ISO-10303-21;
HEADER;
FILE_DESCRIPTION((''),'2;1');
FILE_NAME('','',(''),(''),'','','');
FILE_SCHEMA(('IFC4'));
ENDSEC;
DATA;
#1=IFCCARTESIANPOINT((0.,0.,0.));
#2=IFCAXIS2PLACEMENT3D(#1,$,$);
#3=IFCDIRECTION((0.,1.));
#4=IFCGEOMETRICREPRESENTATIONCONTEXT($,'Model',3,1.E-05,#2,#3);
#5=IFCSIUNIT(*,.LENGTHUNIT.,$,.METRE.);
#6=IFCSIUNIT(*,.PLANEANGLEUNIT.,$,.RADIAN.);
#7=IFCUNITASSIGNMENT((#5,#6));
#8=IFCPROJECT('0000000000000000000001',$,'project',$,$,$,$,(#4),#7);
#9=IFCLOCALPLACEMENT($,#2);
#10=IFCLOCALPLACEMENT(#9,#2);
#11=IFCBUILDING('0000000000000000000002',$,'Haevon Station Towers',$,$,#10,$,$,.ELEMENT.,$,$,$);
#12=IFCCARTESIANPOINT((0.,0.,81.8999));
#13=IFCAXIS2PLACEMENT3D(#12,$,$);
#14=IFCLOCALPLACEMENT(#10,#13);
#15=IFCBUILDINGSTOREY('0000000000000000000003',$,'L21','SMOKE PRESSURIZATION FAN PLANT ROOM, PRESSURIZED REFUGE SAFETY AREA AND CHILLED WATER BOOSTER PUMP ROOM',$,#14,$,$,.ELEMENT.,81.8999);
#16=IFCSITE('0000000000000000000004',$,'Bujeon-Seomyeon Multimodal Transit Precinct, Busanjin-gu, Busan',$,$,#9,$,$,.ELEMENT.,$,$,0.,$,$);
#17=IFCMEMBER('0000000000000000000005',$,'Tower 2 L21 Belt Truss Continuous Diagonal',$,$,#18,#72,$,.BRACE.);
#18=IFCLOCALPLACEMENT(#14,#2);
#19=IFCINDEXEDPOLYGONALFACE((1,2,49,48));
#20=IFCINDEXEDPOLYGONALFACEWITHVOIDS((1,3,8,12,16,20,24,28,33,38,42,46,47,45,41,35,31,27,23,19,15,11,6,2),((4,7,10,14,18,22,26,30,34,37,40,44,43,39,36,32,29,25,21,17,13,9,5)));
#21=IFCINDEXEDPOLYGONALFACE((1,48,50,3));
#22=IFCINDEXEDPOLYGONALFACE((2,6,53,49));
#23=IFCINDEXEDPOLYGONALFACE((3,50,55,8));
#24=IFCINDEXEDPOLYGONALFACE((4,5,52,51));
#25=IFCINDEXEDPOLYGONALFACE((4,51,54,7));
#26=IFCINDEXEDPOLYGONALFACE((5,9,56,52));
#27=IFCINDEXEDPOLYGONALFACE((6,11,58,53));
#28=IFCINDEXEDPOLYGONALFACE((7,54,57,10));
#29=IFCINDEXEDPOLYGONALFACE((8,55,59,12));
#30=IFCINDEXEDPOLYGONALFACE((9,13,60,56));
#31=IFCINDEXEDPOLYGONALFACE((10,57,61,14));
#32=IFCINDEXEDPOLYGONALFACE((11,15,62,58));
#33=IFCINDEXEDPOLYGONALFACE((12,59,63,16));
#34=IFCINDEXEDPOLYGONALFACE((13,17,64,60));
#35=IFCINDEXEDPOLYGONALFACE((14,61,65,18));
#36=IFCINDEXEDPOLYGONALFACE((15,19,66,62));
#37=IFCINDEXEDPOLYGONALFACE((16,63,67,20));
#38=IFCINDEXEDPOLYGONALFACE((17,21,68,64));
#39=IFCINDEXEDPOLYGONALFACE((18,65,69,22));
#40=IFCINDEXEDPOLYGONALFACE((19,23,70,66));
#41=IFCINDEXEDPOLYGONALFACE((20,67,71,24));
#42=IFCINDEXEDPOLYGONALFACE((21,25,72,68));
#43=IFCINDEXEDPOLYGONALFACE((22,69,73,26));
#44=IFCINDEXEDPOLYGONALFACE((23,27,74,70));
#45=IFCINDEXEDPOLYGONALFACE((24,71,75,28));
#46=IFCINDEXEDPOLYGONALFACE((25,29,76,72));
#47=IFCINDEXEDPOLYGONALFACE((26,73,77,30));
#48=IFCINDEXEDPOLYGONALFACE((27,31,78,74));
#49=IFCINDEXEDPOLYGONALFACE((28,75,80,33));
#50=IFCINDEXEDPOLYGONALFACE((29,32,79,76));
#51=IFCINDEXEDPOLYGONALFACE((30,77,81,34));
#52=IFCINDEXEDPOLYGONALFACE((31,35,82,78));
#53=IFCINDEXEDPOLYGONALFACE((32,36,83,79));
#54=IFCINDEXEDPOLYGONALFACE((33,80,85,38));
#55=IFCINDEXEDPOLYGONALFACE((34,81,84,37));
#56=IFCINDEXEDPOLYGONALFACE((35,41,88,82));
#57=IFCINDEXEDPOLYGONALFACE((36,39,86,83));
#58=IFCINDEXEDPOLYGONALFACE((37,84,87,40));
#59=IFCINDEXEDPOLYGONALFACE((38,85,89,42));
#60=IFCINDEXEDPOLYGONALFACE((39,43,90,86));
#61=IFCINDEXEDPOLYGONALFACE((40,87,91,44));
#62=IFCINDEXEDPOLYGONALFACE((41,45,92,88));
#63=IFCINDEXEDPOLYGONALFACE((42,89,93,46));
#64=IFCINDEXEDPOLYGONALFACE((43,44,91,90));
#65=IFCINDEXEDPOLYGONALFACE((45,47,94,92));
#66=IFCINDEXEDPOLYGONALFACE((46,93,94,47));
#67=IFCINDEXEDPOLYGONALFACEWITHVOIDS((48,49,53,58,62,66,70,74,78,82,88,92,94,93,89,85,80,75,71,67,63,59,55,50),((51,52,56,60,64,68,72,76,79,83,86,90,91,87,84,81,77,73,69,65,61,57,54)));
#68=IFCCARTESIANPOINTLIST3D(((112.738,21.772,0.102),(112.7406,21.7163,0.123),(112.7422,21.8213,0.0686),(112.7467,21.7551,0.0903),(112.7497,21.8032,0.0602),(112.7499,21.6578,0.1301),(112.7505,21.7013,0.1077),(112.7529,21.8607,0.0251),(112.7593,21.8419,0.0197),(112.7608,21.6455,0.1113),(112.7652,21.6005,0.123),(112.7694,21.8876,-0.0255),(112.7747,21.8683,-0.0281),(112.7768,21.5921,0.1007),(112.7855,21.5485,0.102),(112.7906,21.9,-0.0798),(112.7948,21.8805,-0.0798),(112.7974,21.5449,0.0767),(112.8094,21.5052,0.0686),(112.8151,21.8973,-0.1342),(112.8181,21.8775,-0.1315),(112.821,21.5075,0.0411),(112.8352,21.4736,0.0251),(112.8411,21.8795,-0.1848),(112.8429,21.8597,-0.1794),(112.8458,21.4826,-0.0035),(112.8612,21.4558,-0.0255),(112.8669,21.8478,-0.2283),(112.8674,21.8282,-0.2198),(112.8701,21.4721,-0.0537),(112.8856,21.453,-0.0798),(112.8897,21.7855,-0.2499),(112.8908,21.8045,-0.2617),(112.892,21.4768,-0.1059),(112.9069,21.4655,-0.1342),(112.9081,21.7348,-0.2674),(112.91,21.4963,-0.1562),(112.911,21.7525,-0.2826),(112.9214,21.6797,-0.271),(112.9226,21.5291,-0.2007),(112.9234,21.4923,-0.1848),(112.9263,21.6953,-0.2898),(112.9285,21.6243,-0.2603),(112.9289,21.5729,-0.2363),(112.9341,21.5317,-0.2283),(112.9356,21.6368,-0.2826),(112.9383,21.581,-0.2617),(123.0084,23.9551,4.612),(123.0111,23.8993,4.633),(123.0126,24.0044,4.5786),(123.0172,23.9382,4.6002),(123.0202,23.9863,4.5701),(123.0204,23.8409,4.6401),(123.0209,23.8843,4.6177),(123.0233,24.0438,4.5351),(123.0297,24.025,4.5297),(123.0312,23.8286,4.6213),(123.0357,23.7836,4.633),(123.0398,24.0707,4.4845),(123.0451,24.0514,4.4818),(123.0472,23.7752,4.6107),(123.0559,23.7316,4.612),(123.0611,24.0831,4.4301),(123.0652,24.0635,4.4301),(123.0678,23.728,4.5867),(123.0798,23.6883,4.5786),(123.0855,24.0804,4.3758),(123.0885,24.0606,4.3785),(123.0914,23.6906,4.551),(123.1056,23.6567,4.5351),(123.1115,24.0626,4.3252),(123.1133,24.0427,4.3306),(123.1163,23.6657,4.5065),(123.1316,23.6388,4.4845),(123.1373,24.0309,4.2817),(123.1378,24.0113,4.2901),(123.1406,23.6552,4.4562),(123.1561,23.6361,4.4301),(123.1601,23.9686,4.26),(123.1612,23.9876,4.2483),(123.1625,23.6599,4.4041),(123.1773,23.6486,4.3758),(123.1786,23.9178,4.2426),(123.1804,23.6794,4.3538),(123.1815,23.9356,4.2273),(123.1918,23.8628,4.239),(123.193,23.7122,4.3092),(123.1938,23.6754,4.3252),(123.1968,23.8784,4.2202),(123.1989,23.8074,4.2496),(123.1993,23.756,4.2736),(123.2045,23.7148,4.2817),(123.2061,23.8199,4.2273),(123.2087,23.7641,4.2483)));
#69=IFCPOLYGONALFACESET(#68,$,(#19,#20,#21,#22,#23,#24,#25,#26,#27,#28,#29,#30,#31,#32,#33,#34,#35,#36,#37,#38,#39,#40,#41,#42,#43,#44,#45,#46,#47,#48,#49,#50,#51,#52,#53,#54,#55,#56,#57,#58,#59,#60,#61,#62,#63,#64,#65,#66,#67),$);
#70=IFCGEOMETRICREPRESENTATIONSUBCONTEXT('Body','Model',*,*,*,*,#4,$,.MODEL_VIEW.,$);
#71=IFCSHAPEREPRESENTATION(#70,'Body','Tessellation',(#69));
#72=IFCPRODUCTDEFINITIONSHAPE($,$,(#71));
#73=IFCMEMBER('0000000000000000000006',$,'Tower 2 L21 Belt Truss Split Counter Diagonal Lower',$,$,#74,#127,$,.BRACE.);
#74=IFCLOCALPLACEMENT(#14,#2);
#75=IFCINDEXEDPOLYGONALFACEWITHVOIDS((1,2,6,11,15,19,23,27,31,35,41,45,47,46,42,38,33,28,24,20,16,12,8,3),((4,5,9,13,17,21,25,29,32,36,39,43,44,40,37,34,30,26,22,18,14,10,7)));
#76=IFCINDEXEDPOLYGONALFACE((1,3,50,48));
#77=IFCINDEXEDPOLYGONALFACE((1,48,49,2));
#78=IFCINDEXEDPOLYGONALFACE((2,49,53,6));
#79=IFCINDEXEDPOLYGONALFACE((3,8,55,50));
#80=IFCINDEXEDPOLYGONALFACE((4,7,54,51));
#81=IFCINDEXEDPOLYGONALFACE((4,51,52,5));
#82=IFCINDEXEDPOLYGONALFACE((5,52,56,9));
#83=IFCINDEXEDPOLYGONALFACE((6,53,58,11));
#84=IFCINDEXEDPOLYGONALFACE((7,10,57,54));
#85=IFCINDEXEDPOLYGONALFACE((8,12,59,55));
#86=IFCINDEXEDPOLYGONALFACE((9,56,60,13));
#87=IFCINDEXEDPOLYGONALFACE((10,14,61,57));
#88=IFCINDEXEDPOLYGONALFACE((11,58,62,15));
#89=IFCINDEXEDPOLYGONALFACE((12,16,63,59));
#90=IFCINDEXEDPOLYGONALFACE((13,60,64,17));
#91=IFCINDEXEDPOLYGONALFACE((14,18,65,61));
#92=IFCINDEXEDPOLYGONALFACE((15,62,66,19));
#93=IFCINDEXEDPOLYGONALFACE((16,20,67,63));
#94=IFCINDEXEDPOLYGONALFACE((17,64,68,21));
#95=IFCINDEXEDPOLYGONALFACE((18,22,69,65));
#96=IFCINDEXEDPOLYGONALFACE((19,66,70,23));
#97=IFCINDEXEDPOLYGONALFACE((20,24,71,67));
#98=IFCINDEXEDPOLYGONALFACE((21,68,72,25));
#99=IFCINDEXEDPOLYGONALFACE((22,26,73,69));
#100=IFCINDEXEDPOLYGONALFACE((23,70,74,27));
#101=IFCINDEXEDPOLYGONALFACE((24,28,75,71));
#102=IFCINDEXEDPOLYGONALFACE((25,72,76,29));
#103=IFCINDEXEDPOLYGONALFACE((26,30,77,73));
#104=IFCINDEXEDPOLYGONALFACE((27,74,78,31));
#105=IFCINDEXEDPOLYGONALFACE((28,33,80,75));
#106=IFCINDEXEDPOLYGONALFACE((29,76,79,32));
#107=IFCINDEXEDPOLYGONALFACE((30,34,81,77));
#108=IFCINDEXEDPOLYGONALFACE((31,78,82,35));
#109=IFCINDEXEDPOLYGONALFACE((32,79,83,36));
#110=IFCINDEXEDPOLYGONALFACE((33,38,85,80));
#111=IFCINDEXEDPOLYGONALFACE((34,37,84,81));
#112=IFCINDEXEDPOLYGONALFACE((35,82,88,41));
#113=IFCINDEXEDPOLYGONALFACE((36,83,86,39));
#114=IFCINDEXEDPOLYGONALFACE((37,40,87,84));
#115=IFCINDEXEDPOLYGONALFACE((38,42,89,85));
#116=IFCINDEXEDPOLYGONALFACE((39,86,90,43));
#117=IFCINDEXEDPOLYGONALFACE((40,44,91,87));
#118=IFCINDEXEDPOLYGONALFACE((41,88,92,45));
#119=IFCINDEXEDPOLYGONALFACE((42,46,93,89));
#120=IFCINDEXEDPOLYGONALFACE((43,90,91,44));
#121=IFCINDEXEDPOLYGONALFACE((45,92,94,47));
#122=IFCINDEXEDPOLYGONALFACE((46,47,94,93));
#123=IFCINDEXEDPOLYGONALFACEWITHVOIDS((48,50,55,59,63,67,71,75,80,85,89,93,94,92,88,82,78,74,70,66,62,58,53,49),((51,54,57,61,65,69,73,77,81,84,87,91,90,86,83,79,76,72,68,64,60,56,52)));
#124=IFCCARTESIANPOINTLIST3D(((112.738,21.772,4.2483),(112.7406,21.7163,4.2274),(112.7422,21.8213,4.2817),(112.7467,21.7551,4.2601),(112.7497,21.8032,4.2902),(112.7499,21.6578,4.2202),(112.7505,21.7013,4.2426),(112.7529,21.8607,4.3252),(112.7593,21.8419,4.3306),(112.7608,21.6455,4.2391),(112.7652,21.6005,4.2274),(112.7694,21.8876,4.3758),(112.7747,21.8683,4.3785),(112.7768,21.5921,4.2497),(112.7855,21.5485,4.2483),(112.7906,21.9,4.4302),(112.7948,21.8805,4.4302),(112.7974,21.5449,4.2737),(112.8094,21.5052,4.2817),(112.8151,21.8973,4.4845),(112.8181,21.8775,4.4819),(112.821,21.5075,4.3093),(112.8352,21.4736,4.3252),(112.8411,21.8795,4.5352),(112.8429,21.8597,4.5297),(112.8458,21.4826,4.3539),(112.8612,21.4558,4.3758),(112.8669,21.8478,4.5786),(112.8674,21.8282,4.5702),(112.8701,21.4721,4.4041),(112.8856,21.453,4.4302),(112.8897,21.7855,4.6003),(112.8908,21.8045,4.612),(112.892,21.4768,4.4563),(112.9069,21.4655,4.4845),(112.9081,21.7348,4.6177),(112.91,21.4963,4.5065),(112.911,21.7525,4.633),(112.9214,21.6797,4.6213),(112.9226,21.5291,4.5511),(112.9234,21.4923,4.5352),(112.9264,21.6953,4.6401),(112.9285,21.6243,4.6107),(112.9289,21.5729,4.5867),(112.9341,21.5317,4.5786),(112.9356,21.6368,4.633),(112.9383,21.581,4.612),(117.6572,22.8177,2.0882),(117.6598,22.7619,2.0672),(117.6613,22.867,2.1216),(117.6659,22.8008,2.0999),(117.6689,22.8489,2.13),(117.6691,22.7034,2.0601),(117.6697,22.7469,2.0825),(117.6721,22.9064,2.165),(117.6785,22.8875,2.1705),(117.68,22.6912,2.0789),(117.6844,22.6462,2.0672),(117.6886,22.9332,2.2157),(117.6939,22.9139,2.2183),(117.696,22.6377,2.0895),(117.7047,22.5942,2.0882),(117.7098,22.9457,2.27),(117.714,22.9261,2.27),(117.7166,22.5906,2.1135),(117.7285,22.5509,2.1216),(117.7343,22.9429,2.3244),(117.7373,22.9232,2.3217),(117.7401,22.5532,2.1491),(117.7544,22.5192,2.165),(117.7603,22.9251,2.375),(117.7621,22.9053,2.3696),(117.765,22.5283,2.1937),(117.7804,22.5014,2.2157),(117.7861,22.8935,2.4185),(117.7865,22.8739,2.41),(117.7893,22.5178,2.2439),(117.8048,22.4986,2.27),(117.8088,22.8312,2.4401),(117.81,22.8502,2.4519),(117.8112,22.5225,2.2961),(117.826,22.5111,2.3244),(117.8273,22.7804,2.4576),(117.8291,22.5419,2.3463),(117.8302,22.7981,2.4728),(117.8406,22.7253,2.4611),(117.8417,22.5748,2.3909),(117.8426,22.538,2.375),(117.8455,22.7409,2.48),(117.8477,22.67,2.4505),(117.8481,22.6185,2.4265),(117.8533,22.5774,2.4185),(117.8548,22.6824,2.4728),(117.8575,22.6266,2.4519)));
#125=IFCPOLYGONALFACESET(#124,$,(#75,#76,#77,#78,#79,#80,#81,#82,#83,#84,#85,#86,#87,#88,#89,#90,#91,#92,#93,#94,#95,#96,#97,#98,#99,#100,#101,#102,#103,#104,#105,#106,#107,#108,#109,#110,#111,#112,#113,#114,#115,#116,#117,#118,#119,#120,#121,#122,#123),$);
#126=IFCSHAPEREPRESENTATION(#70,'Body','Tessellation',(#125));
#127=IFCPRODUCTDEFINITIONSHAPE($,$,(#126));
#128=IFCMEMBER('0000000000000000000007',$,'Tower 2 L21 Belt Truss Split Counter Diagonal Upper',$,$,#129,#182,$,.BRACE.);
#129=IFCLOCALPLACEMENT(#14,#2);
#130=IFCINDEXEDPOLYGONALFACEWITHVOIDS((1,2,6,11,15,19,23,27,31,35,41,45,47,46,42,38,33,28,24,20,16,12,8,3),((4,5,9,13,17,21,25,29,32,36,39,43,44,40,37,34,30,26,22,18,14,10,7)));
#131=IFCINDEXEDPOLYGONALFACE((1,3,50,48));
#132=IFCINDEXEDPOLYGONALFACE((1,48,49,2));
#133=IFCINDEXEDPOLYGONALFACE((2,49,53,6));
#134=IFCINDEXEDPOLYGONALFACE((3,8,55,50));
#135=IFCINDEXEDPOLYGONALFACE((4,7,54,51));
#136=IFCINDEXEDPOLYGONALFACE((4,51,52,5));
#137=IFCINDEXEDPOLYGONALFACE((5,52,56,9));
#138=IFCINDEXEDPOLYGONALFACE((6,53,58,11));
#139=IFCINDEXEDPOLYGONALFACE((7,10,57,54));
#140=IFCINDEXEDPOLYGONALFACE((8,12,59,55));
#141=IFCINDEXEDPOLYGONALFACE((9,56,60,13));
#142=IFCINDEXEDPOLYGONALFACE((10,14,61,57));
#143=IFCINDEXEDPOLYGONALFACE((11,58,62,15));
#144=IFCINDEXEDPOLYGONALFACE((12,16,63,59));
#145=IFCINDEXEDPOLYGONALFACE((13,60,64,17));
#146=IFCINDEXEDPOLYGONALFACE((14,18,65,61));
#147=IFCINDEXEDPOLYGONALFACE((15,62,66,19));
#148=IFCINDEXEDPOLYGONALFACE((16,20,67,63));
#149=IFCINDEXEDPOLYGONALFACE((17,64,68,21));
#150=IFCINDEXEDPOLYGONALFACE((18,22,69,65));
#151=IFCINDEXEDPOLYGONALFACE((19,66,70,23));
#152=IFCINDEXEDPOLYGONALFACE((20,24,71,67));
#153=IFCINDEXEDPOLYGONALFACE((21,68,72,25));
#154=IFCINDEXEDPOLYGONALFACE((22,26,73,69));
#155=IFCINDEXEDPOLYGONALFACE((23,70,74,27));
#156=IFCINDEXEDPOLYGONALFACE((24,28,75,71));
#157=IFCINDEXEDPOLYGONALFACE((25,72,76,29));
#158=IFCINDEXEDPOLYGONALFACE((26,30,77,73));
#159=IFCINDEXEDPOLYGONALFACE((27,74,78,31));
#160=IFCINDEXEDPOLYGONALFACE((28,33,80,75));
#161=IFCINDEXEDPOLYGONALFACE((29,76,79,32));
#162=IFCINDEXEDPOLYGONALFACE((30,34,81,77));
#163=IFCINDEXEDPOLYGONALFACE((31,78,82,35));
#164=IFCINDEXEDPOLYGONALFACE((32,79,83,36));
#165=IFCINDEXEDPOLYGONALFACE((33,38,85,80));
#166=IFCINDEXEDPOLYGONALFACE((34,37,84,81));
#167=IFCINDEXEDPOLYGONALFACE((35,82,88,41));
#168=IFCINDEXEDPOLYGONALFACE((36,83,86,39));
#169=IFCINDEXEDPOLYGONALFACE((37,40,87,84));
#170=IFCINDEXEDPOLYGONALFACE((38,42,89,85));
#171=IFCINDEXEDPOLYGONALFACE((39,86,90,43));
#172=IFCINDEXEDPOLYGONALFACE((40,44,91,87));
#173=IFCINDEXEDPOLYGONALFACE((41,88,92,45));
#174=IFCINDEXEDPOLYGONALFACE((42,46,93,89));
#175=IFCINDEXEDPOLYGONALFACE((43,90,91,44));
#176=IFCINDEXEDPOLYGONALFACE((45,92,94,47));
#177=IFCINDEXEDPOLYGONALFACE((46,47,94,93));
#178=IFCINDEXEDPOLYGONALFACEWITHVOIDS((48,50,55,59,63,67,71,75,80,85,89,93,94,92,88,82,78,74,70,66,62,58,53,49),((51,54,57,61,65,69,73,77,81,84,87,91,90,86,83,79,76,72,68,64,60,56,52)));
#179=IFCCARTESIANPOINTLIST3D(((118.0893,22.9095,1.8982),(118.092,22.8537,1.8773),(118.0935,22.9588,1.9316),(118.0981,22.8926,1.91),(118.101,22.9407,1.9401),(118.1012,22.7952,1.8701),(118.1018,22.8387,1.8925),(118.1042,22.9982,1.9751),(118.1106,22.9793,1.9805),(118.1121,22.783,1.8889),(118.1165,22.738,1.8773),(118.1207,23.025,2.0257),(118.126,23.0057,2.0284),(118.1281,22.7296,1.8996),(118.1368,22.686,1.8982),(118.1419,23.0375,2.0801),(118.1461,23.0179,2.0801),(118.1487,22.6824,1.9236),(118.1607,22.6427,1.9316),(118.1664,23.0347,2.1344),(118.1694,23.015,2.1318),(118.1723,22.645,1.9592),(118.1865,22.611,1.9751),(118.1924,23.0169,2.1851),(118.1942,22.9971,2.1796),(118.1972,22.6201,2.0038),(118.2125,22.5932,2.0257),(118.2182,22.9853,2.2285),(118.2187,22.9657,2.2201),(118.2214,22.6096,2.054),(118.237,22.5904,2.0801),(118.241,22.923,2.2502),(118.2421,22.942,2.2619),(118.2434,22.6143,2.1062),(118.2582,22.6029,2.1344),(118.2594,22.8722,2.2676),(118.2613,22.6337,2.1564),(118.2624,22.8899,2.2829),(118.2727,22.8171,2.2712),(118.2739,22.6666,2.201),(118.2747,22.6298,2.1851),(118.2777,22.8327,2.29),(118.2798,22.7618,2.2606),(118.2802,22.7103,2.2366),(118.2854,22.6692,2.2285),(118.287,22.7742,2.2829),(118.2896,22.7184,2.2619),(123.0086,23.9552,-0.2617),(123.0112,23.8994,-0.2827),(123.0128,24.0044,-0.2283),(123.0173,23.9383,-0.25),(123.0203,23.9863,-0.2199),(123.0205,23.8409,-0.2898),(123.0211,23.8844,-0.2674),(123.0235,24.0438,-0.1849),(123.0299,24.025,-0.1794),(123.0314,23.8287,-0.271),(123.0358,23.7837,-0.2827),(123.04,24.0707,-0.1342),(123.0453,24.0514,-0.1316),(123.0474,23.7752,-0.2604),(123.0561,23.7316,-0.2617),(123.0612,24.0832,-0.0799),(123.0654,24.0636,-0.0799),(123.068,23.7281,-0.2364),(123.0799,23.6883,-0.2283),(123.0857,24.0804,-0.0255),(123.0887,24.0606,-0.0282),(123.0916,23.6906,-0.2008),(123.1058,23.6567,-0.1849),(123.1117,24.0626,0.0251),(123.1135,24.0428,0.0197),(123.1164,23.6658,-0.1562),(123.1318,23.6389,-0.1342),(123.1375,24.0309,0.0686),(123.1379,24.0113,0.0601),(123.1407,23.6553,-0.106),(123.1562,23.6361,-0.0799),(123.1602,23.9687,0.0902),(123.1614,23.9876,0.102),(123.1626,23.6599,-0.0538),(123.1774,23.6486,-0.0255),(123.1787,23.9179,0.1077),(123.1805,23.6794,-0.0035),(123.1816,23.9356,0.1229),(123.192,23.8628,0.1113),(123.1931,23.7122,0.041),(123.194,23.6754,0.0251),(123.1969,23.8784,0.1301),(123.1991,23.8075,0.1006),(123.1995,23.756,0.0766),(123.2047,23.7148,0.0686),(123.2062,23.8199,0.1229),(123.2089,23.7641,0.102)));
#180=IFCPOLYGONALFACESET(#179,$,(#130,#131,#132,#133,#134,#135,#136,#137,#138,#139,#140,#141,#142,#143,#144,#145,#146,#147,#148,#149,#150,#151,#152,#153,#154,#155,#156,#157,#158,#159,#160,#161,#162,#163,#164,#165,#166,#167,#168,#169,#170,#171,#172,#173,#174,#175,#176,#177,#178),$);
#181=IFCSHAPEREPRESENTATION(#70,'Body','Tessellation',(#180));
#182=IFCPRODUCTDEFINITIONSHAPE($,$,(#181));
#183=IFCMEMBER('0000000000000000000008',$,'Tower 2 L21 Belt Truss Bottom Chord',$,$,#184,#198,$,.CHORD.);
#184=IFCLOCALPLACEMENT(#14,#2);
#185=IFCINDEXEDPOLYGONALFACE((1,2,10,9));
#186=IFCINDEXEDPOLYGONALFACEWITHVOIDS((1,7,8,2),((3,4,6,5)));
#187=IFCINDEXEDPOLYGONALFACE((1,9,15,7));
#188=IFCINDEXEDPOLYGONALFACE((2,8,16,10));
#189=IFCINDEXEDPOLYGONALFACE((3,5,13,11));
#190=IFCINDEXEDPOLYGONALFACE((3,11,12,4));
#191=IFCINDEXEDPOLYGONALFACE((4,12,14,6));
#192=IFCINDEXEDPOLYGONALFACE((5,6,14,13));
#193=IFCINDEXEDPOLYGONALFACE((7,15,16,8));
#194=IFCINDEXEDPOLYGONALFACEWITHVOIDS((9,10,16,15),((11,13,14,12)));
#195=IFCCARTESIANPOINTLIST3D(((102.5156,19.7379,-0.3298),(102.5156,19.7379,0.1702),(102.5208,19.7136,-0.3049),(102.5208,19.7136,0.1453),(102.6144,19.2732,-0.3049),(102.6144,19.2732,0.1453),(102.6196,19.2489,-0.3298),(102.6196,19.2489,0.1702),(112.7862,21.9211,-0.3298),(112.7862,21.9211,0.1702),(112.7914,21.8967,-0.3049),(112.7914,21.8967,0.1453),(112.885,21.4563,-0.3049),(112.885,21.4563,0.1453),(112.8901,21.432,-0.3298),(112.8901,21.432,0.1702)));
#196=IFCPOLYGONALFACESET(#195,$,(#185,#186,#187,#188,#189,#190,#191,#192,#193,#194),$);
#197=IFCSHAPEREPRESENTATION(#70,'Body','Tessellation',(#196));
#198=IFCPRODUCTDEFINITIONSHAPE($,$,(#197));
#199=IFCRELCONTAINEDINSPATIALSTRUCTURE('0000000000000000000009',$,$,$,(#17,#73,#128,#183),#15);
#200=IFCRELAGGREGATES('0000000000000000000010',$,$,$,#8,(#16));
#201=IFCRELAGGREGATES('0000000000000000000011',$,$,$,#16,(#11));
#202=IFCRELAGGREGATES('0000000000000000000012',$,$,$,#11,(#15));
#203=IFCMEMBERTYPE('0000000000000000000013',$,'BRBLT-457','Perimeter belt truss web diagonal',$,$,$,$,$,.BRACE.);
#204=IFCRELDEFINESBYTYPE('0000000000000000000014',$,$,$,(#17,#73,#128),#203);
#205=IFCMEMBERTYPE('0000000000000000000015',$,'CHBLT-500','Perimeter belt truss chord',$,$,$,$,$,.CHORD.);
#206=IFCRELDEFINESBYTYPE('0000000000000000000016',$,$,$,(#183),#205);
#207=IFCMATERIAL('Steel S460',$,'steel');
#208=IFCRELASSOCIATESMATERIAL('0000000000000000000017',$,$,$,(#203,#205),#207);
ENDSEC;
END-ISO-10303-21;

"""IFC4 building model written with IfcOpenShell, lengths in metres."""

from ifc_helpers import new_model, si_unit, direction, frame, origin, origin_2d, place, context, subcontext, project, spatial, hollow_rectangle, hollow_circle, extrude, material, material_profile, profile_set, type_object, element, save


model = new_model("IFC4")

# Units and contexts
model_context = context("Model", 3, precision=1e-05, world=origin(), true_north=direction((0.0, 1.0)))
body_context = subcontext(model_context, "Body", "Model", "MODEL_VIEW")
ifc_project = project(units=[si_unit("LENGTHUNIT", "METRE"), si_unit("PLANEANGLEUNIT", "RADIAN")], contexts=[model_context])

# Site, building, storey
site_placement = place(None, origin())
site = spatial("IfcSite", under=ifc_project, at=site_placement, Name="Bujeon-Seomyeon Multimodal Transit Precinct, Busanjin-gu, Busan", CompositionType="ELEMENT", RefElevation=0.0)
building_placement = place(site_placement, origin())
building = spatial("IfcBuilding", under=site, at=building_placement, Name="Haevon Station Towers", CompositionType="ELEMENT")
storey_placement = place(building_placement, frame((0.0, 0.0, 81.8999)))
storey = spatial("IfcBuildingStorey", under=building, at=storey_placement, Name="L21", Description="SMOKE PRESSURIZATION FAN PLANT ROOM, PRESSURIZED REFUGE SAFETY AREA AND CHILLED WATER BOOSTER PUMP ROOM", CompositionType="ELEMENT", Elevation=81.8999)

# Shared definitions
ifc_material_1 = material(Name="Steel S460", Category="steel")

# Members
ifc_material_profile_1 = material_profile(ifc_material_1, hollow_circle(Radius=0.2285, WallThickness=0.02, at=origin_2d()), Name="CHS-457x20")
ifc_profile_set_1 = profile_set([ifc_material_profile_1], Name="Steel S460")
member_type_1 = type_object("IfcMemberType", Name="BRBLT-457", Description="Perimeter belt truss web diagonal", PredefinedType="BRACE", material=ifc_profile_set_1)
member_1_placement = place(storey_placement, frame((112.8381, 21.6765, -0.0798), z_axis=(0.898748, 0.191038, 0.39466), x_axis=(-0.207915, 0.978147, 0.0)))
element("IfcMember", 1, at=member_1_placement, inside=storey, type_object=member_type_1, Name="Tower 2 L21 Belt Truss Continuous Diagonal", PredefinedType="BRACE", context=body_context, shape_type="SweptSolid", body=[
    extrude(hollow_circle(Radius=0.2285, WallThickness=0.02, at=origin_2d()), origin(), (0.0, 0.0, 1.0), 11.4275),
])
for number, where, z_axis, x_axis, name in (
    (2, (112.8381, 21.6765, 4.4302), (0.898745, 0.191043, -0.394665), (-0.207921, 0.978146, 0.0), "Tower 2 L21 Belt Truss Split Counter Diagonal Lower"),
    (3, (118.1895, 22.814, 2.0801), (0.898761, 0.191046, -0.394627), (-0.207921, 0.978146, 0.0), "Tower 2 L21 Belt Truss Split Counter Diagonal Upper"),
):
    element("IfcMember", number, at=place(storey_placement, frame(where, z_axis=z_axis, x_axis=x_axis)), inside=storey, type_object=member_type_1, Name=name, PredefinedType="BRACE", context=body_context, shape_type="SweptSolid", body=[
        extrude(hollow_circle(Radius=0.2285, WallThickness=0.02, at=origin_2d()), origin(), (0.0, 0.0, 1.0), 5.4734),
    ])
ifc_material_profile_2 = material_profile(ifc_material_1, hollow_rectangle(XDim=0.5, YDim=0.5, WallThickness=0.0249, at=origin_2d()), Name="RHS-500x500x25")
ifc_profile_set_2 = profile_set([ifc_material_profile_2], Name="Steel S460")
member_type_2 = type_object("IfcMemberType", Name="CHBLT-500", Description="Perimeter belt truss chord", PredefinedType="CHORD", material=ifc_profile_set_2)
for number, where, z_axis, x_axis, name in (
    (4, (102.5676, 19.4934, -0.0798), (0.978147, 0.207915, 0.0), (-0.207915, 0.978147, 0.0), "Tower 2 L21 Belt Truss Bottom Chord"),
):
    element("IfcMember", number, at=place(storey_placement, frame(where, z_axis=z_axis, x_axis=x_axis)), inside=storey, type_object=member_type_2, Name=name, PredefinedType="CHORD", context=body_context, shape_type="SweptSolid", body=[
        extrude(hollow_rectangle(XDim=0.5, YDim=0.5, WallThickness=0.0249, at=origin_2d()), origin(), (0.0, 0.0, 1.0), 10.5),
    ])

save(model, "model.ifc")
